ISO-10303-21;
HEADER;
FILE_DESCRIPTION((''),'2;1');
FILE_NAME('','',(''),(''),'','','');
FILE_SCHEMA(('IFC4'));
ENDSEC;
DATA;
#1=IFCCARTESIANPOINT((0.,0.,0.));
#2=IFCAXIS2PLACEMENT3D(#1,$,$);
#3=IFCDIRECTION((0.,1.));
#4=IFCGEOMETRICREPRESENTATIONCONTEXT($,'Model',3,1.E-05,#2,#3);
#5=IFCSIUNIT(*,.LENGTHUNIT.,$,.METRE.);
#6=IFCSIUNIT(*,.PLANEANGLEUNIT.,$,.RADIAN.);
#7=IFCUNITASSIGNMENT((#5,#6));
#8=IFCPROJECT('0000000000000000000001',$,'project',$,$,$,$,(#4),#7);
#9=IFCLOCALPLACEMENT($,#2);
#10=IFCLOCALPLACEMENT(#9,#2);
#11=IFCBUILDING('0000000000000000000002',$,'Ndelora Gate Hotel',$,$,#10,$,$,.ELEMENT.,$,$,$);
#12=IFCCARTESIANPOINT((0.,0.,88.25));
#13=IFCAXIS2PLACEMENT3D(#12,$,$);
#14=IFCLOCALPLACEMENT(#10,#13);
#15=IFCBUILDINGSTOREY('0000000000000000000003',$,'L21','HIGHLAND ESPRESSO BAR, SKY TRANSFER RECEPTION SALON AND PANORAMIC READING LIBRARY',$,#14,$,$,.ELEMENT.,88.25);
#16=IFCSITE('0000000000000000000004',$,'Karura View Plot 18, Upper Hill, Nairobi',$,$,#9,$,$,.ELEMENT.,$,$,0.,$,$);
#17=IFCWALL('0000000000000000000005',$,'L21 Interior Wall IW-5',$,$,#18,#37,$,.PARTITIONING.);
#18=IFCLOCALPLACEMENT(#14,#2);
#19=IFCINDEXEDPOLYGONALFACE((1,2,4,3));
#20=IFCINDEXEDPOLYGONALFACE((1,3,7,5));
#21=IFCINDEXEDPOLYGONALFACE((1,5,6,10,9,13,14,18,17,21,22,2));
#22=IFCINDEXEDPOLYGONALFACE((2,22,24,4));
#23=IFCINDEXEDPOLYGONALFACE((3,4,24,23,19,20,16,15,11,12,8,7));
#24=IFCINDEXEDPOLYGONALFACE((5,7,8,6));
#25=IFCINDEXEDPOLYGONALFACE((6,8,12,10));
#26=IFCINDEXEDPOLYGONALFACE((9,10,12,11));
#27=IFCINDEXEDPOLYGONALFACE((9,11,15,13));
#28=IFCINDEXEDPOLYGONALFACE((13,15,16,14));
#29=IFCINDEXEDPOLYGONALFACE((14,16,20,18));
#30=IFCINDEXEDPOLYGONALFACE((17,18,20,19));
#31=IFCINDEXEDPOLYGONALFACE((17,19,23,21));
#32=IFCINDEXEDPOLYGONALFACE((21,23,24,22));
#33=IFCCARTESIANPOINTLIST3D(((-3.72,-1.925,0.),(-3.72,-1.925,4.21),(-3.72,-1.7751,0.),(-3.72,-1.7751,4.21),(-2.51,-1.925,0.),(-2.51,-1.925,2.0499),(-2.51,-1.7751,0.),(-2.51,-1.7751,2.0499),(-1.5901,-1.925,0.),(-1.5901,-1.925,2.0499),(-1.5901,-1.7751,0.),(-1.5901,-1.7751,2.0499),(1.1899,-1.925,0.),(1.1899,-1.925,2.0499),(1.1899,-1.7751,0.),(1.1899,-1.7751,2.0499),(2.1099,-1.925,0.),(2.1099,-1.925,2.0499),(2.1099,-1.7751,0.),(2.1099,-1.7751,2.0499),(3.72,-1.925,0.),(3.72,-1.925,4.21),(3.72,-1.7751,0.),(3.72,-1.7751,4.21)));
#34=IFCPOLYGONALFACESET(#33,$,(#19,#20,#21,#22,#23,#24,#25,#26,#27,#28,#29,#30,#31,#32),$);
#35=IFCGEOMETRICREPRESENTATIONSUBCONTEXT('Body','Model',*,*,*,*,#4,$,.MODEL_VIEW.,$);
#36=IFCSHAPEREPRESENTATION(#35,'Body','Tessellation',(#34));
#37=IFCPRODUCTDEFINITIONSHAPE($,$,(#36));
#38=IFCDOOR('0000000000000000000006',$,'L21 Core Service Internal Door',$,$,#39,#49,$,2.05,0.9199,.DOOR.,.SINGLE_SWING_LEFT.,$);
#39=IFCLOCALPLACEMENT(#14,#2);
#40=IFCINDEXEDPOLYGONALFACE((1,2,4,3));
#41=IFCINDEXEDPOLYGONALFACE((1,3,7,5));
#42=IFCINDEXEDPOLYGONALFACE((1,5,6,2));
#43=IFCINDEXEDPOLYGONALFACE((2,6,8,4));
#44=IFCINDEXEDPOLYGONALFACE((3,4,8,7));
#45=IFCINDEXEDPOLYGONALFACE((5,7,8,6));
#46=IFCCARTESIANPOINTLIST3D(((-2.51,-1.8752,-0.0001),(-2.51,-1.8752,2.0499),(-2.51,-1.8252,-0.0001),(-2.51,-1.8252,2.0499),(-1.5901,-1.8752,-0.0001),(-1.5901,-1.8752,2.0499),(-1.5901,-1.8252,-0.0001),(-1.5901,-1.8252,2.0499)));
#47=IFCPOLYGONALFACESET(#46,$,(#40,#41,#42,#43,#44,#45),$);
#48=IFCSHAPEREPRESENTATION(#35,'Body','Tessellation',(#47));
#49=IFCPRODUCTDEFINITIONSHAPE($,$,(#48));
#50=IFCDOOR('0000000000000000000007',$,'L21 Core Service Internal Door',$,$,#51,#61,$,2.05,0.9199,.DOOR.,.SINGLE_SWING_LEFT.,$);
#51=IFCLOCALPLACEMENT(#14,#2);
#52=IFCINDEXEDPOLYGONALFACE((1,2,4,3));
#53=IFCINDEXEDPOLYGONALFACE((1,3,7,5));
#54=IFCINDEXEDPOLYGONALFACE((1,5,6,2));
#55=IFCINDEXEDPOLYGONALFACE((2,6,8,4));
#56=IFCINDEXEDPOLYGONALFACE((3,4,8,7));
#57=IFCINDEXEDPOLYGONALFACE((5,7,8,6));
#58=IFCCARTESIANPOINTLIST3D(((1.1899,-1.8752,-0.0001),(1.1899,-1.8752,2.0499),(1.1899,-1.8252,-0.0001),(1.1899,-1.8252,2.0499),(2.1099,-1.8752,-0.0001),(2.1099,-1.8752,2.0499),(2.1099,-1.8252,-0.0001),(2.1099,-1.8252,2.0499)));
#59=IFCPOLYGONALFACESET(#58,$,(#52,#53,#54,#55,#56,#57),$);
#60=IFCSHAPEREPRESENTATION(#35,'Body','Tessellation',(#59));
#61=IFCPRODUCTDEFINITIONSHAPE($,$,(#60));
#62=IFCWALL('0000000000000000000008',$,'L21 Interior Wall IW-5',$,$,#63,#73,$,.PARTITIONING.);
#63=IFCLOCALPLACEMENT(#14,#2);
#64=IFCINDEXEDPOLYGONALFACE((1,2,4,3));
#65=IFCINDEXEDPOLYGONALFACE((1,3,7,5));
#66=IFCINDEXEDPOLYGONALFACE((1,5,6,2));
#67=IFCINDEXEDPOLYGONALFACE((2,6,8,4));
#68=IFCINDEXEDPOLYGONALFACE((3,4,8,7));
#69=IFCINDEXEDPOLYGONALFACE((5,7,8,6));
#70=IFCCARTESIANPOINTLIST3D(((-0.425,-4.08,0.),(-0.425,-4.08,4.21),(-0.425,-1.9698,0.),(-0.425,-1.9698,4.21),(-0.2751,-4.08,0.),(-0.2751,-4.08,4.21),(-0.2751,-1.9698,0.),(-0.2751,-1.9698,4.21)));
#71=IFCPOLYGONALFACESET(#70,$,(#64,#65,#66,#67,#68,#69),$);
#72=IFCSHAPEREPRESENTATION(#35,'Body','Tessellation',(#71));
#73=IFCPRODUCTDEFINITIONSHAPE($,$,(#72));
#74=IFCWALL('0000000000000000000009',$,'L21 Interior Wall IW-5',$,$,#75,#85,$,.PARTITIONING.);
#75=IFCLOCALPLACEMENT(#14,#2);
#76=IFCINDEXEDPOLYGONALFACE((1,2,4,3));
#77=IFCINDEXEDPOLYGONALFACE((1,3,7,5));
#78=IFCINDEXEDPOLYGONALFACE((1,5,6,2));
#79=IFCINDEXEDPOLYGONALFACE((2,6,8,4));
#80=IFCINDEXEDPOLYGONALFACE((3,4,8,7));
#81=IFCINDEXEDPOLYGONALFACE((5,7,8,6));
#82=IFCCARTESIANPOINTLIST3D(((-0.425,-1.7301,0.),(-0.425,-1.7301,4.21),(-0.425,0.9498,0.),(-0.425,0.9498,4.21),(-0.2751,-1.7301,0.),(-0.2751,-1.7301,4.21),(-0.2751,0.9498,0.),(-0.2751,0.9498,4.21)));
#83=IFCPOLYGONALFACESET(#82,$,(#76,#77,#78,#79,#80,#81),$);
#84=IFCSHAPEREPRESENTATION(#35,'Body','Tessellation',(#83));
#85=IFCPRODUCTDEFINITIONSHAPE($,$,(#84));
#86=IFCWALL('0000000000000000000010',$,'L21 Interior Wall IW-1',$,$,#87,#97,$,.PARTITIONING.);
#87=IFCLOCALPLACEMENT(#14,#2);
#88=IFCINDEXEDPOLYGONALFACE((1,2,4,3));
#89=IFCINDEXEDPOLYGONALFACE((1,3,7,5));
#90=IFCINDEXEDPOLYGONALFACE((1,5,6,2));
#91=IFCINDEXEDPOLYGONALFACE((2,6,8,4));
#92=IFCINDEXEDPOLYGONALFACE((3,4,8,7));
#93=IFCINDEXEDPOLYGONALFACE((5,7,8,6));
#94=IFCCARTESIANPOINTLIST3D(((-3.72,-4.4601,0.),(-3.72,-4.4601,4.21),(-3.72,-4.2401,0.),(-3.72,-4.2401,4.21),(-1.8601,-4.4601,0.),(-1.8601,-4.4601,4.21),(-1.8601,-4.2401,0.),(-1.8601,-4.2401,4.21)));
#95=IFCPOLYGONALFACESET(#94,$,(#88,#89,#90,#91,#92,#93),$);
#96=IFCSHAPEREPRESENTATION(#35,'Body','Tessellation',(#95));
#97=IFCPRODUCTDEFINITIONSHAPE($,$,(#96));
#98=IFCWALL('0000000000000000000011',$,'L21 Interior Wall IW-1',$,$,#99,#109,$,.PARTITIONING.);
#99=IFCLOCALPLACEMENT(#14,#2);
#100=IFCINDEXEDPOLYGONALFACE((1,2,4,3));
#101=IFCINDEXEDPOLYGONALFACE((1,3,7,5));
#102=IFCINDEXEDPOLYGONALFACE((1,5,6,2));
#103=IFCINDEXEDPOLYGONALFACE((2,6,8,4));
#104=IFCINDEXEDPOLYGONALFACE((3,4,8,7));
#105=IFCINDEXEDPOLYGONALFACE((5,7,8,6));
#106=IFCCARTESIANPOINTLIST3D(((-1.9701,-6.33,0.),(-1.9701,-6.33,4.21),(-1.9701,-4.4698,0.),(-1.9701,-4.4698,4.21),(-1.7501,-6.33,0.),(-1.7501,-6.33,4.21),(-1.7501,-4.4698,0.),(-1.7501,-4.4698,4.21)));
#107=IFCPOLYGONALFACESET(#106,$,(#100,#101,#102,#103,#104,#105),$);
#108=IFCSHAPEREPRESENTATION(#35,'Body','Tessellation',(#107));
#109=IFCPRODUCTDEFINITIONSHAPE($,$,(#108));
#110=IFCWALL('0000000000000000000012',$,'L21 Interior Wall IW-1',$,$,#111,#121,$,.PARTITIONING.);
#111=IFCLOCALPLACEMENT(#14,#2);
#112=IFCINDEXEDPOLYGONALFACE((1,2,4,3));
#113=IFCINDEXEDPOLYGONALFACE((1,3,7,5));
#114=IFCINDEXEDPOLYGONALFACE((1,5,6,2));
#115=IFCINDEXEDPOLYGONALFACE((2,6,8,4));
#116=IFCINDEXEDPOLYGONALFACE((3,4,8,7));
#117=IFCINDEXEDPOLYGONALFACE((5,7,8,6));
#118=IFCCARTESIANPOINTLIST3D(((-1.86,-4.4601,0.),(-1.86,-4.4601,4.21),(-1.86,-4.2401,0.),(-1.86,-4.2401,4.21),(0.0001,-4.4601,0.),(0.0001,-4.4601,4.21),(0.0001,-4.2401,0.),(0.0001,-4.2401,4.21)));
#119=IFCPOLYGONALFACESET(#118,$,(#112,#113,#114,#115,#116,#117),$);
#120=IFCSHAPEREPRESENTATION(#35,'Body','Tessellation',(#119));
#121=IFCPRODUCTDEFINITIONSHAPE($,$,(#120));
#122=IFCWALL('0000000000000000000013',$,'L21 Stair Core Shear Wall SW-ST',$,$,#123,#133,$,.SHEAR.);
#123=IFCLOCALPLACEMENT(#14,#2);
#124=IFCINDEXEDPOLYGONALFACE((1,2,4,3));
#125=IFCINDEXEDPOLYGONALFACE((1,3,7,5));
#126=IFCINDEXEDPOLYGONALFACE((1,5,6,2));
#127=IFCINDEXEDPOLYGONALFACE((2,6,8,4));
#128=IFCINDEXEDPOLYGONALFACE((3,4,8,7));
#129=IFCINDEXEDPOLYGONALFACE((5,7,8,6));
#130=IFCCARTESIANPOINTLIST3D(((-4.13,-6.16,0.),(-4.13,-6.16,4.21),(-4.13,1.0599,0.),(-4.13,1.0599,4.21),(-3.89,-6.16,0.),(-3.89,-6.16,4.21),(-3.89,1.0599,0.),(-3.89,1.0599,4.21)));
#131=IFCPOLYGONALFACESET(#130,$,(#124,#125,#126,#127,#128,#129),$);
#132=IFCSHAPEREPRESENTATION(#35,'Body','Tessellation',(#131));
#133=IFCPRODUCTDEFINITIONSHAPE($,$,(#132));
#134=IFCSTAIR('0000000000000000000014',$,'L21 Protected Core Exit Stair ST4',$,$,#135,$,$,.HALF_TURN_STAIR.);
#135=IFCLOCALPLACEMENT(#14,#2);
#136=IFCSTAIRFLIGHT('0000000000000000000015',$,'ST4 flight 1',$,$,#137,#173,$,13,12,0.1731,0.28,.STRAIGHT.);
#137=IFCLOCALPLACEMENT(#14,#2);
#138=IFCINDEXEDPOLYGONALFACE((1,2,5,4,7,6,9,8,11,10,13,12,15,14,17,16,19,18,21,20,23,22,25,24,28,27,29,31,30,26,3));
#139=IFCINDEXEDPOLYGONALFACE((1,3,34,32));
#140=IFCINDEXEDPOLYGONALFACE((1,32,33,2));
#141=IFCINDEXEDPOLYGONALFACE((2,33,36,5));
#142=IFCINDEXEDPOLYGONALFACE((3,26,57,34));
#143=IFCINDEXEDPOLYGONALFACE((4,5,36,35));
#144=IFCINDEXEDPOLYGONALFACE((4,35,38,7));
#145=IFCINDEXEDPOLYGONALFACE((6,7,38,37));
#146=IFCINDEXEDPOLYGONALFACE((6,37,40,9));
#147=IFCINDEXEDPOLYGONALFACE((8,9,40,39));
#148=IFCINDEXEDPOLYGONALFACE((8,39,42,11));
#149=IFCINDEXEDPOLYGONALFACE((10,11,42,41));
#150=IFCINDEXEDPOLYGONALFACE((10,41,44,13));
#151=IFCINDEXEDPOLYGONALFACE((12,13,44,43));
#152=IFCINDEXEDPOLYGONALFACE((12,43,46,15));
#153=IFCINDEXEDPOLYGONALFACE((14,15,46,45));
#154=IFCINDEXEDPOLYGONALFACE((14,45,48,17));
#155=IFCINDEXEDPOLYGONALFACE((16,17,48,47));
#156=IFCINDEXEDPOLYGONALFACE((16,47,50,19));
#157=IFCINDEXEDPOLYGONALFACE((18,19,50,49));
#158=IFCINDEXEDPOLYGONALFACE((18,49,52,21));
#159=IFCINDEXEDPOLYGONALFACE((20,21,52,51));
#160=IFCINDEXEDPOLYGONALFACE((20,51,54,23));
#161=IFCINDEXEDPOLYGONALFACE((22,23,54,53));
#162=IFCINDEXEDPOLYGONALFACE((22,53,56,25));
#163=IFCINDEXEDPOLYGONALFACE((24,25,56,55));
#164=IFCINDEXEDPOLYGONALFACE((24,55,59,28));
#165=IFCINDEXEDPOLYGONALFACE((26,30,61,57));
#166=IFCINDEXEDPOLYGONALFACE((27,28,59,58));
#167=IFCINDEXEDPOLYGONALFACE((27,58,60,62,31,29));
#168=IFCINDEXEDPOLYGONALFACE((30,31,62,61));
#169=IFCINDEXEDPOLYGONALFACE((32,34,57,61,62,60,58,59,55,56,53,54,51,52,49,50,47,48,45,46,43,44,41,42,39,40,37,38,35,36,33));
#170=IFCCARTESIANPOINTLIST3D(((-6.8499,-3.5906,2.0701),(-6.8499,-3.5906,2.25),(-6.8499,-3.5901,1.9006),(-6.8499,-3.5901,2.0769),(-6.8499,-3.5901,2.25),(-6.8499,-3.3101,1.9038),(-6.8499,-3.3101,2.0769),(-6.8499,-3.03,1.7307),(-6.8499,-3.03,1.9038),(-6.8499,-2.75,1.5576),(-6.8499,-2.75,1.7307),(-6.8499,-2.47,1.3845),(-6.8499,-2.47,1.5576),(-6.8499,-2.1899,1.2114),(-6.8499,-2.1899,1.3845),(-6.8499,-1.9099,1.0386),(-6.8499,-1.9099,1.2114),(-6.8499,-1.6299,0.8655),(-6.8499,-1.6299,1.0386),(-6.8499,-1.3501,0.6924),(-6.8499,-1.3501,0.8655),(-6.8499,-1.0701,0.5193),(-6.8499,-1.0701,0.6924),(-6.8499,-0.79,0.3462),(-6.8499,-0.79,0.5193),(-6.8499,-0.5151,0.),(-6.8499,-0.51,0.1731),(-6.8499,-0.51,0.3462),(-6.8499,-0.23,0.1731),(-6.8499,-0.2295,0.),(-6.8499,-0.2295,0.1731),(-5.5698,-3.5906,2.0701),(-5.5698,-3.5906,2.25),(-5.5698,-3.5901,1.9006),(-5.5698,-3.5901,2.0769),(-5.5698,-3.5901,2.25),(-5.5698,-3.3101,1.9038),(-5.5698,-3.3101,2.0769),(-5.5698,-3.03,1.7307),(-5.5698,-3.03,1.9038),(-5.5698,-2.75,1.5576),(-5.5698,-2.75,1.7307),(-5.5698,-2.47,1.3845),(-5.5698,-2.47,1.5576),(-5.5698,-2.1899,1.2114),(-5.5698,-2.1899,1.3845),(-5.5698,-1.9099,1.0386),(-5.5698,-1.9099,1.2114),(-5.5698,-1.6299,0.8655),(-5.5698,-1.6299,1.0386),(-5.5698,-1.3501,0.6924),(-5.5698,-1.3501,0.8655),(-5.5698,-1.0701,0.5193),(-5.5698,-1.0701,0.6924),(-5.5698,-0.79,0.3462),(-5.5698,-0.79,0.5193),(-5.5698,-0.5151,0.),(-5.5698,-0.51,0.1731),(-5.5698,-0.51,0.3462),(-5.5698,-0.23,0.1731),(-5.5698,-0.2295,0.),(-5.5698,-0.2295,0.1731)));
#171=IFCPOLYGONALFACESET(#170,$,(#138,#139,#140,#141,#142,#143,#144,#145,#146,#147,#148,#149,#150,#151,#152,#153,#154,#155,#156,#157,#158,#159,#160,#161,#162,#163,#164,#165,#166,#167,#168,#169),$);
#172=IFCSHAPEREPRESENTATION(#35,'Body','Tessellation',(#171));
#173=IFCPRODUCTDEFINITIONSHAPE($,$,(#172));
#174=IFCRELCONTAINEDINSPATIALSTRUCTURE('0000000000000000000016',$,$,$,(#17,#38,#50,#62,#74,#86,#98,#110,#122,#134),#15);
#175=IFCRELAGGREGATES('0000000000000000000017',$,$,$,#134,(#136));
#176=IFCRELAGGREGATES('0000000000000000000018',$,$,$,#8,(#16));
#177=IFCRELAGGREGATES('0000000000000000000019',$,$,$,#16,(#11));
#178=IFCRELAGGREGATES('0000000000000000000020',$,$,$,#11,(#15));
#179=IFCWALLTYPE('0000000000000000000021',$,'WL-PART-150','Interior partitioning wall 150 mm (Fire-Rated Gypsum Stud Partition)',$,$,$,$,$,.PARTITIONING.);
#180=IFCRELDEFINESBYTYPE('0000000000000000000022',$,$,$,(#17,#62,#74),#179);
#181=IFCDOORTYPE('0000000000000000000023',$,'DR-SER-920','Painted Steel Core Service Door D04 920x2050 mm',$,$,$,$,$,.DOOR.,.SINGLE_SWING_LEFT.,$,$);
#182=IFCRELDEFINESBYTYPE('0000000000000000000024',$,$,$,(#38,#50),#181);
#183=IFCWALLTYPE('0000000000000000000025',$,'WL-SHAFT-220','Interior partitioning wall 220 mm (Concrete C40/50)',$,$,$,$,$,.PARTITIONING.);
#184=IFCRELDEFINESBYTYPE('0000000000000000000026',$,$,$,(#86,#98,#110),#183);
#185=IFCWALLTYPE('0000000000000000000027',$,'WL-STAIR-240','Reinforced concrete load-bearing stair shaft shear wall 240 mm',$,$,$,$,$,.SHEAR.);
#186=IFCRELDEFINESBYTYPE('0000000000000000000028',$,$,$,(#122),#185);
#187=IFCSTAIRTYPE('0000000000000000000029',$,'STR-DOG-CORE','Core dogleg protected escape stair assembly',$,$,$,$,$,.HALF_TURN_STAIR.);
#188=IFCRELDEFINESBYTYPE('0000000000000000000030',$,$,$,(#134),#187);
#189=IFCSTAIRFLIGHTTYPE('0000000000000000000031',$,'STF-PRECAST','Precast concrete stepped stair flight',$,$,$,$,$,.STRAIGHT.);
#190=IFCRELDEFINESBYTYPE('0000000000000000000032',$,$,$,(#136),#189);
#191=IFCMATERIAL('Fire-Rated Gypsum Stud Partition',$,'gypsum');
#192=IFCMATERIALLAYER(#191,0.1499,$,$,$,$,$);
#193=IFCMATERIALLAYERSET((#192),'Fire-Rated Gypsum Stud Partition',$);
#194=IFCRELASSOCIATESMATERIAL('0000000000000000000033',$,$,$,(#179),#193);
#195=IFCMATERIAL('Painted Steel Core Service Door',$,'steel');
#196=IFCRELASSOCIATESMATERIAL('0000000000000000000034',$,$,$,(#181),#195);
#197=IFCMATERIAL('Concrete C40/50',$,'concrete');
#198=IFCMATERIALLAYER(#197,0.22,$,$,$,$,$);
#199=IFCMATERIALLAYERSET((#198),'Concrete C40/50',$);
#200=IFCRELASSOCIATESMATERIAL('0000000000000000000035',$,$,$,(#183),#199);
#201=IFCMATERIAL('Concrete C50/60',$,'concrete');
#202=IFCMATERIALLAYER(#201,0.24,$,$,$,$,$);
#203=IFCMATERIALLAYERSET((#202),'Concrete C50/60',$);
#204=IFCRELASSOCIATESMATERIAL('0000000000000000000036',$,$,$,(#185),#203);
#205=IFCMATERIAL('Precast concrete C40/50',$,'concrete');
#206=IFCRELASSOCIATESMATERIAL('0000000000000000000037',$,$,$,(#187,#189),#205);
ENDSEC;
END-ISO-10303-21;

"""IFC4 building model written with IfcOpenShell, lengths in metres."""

from ifc_helpers import new_model, si_unit, direction, frame, frame_2d, origin, place, context, subcontext, project, spatial, polyline, rectangle, outline, extrude, material, layer, layer_set, type_object, element, fill, aggregate, save


model = new_model("IFC4")

# Units and contexts
model_context = context("Model", 3, precision=1e-05, world=origin(), true_north=direction((0.0, 1.0)))
body_context = subcontext(model_context, "Body", "Model", "MODEL_VIEW")
ifc_project = project(units=[si_unit("LENGTHUNIT", "METRE"), si_unit("PLANEANGLEUNIT", "RADIAN")], contexts=[model_context])

# Site, building, storey
site_placement = place(None, origin())
site = spatial("IfcSite", under=ifc_project, at=site_placement, Name="Karura View Plot 18, Upper Hill, Nairobi", CompositionType="ELEMENT", RefElevation=0.0)
building_placement = place(site_placement, origin())
building = spatial("IfcBuilding", under=site, at=building_placement, Name="Ndelora Gate Hotel", CompositionType="ELEMENT")
storey_placement = place(building_placement, frame((0.0, 0.0, 88.25)))
storey = spatial("IfcBuildingStorey", under=building, at=storey_placement, Name="L21", Description="HIGHLAND ESPRESSO BAR, SKY TRANSFER RECEPTION SALON AND PANORAMIC READING LIBRARY", CompositionType="ELEMENT", Elevation=88.25)

# Wall, openings, doors
ifc_material_1 = material(Name="Fire-Rated Gypsum Stud Partition", Category="gypsum")
ifc_layer_1 = layer(ifc_material_1, 0.1499)
ifc_layer_set_1 = layer_set([ifc_layer_1], Name="Fire-Rated Gypsum Stud Partition")
wall_type_1 = type_object("IfcWallType", Name="WL-PART-150", Description="Interior partitioning wall 150 mm (Fire-Rated Gypsum Stud Partition)", PredefinedType="PARTITIONING", material=ifc_layer_set_1)
wall_1_placement = place(storey_placement, frame((-3.72, -1.8501, 0.0), z_axis=(0.0, 0.0, 1.0), x_axis=(1.0, 0.0, 0.0)))
wall_1 = element("IfcWall", 1, at=wall_1_placement, inside=storey, type_object=wall_type_1, Name="L21 Interior Wall IW-5", PredefinedType="PARTITIONING", context=body_context, shape_type="SweptSolid", body=[
    extrude(rectangle(XDim=7.4399, YDim=0.1499, at=frame_2d((3.72, 0.0))), origin(), (0.0, 0.0, 1.0), 4.21),
])
opening_1_placement = place(wall_1_placement, frame((1.21, 0.0, 0.0)))
opening_1 = element("IfcOpeningElement", 2, at=opening_1_placement, cuts=wall_1, PredefinedType="OPENING", context=body_context, shape_type="SweptSolid", body=[
    extrude(rectangle(XDim=0.9199, YDim=2.05, at=frame_2d((0.46, 1.0249))), frame((0.0, 0.085, 0.0), z_axis=(0.0, -1.0, 0.0), x_axis=(1.0, 0.0, 0.0)), (0.0, 0.0, 1.0), 0.1699),
])
opening_2_placement = place(wall_1_placement, frame((4.9099, 0.0, 0.0)))
opening_2 = element("IfcOpeningElement", 3, at=opening_2_placement, cuts=wall_1, PredefinedType="OPENING", context=body_context, shape_type="SweptSolid", body=[
    extrude(rectangle(XDim=0.9199, YDim=2.05, at=frame_2d((0.46, 1.0249))), frame((0.0, 0.085, 0.0), z_axis=(0.0, -1.0, 0.0), x_axis=(1.0, 0.0, 0.0)), (0.0, 0.0, 1.0), 0.1699),
])
ifc_material_2 = material(Name="Painted Steel Core Service Door", Category="steel")
door_type_1 = type_object("IfcDoorType", Name="DR-SER-920", Description="Painted Steel Core Service Door D04 920x2050 mm", OperationType="SINGLE_SWING_LEFT", PredefinedType="DOOR", material=ifc_material_2)
door_1_placement = place(opening_1_placement, origin())
door_1 = element("IfcDoor", 4, at=door_1_placement, inside=storey, type_object=door_type_1, Name="L21 Core Service Internal Door", OperationType="SINGLE_SWING_LEFT", OverallHeight=2.05, OverallWidth=0.9199, PredefinedType="DOOR", context=body_context, shape_type="SweptSolid", body=[
    extrude(rectangle(XDim=0.9199, YDim=2.05, at=frame_2d((0.46, 1.0249))), frame((0.0, 0.0249, 0.0), z_axis=(0.0, -1.0, 0.0), x_axis=(1.0, 0.0, 0.0)), (0.0, 0.0, 1.0), 0.05),
])
fill(opening_1, door_1)
door_2_placement = place(opening_2_placement, origin())
door_2 = element("IfcDoor", 5, at=door_2_placement, inside=storey, type_object=door_type_1, Name="L21 Core Service Internal Door", OperationType="SINGLE_SWING_LEFT", OverallHeight=2.05, OverallWidth=0.9199, PredefinedType="DOOR", context=body_context, shape_type="SweptSolid", body=[
    extrude(rectangle(XDim=0.9199, YDim=2.05, at=frame_2d((0.46, 1.0249))), frame((0.0, 0.0249, 0.0), z_axis=(0.0, -1.0, 0.0), x_axis=(1.0, 0.0, 0.0)), (0.0, 0.0, 1.0), 0.05),
])
fill(opening_2, door_2)

# Walls
wall_2_placement = place(storey_placement, frame((-0.3501, -4.0801, 0.0), z_axis=(0.0, 0.0, 1.0), x_axis=(0.0, 1.0, 0.0)))
element("IfcWall", 6, at=wall_2_placement, inside=storey, type_object=wall_type_1, Name="L21 Interior Wall IW-5", PredefinedType="PARTITIONING", context=body_context, shape_type="SweptSolid", body=[
    extrude(rectangle(XDim=2.1101, YDim=0.1499, at=frame_2d((1.0552, 0.0))), origin(), (0.0, 0.0, 1.0), 4.21),
])
wall_3_placement = place(storey_placement, frame((-0.3501, -1.73, 0.0), z_axis=(0.0, 0.0, 1.0), x_axis=(0.0, 1.0, 0.0)))
element("IfcWall", 7, at=wall_3_placement, inside=storey, type_object=wall_type_1, Name="L21 Interior Wall IW-5", PredefinedType="PARTITIONING", context=body_context, shape_type="SweptSolid", body=[
    extrude(rectangle(XDim=2.6799, YDim=0.1499, at=frame_2d((1.3398, 0.0))), origin(), (0.0, 0.0, 1.0), 4.21),
])

# Shared definitions
ifc_material_3 = material(Name="Concrete C40/50", Category="concrete")
ifc_layer_2 = layer(ifc_material_3, 0.22)
ifc_layer_set_2 = layer_set([ifc_layer_2], Name="Concrete C40/50")
wall_type_2 = type_object("IfcWallType", Name="WL-SHAFT-220", Description="Interior partitioning wall 220 mm (Concrete C40/50)", PredefinedType="PARTITIONING", material=ifc_layer_set_2)

# Walls
wall_4_placement = place(storey_placement, frame((-3.72, -4.3501, 0.0), z_axis=(0.0, 0.0, 1.0), x_axis=(1.0, 0.0, 0.0)))
element("IfcWall", 8, at=wall_4_placement, inside=storey, type_object=wall_type_2, Name="L21 Interior Wall IW-1", PredefinedType="PARTITIONING", context=body_context, shape_type="SweptSolid", body=[
    extrude(rectangle(XDim=1.8599, YDim=0.22, at=frame_2d((0.9299, 0.0))), origin(), (0.0, 0.0, 1.0), 4.21),
])
wall_5_placement = place(storey_placement, frame((-1.8601, -6.3301, 0.0), z_axis=(0.0, 0.0, 1.0), x_axis=(0.0, 1.0, 0.0)))
element("IfcWall", 9, at=wall_5_placement, inside=storey, type_object=wall_type_2, Name="L21 Interior Wall IW-1", PredefinedType="PARTITIONING", context=body_context, shape_type="SweptSolid", body=[
    extrude(rectangle(XDim=1.8601, YDim=0.22, at=frame_2d((0.9302, 0.0))), origin(), (0.0, 0.0, 1.0), 4.21),
])

# Walls
wall_6_placement = place(storey_placement, frame((-1.8601, -4.3501, 0.0), z_axis=(0.0, 0.0, 1.0), x_axis=(1.0, 0.0, 0.0)))
element("IfcWall", 10, at=wall_6_placement, inside=storey, type_object=wall_type_2, Name="L21 Interior Wall IW-1", PredefinedType="PARTITIONING", context=body_context, shape_type="SweptSolid", body=[
    extrude(rectangle(XDim=1.8601, YDim=0.22, at=frame_2d((0.9302, 0.0))), origin(), (0.0, 0.0, 1.0), 4.21),
])
ifc_material_4 = material(Name="Concrete C50/60", Category="concrete")
ifc_layer_3 = layer(ifc_material_4, 0.24)
ifc_layer_set_3 = layer_set([ifc_layer_3], Name="Concrete C50/60")
wall_type_3 = type_object("IfcWallType", Name="WL-STAIR-240", Description="Reinforced concrete load-bearing stair shaft shear wall 240 mm", PredefinedType="SHEAR", material=ifc_layer_set_3)
wall_7_placement = place(storey_placement, frame((-4.01, -6.1599, 0.0), z_axis=(0.0, 0.0, 1.0), x_axis=(0.0, 1.0, 0.0)))
element("IfcWall", 11, at=wall_7_placement, inside=storey, type_object=wall_type_3, Name="L21 Stair Core Shear Wall SW-ST", PredefinedType="SHEAR", context=body_context, shape_type="SweptSolid", body=[
    extrude(rectangle(XDim=7.22, YDim=0.24, at=frame_2d((3.6099, 0.0))), origin(), (0.0, 0.0, 1.0), 4.21),
])

# Stair, stair flight
ifc_material_5 = material(Name="Precast concrete C40/50", Category="concrete")
stair_type = type_object("IfcStairType", Name="STR-DOG-CORE", Description="Core dogleg protected escape stair assembly", PredefinedType="HALF_TURN_STAIR", material=ifc_material_5)
stair_placement = place(storey_placement, origin())
stair = element("IfcStair", 12, at=stair_placement, inside=storey, type_object=stair_type, Name="L21 Protected Core Exit Stair ST4", PredefinedType="HALF_TURN_STAIR")
stair_flight_type = type_object("IfcStairFlightType", Name="STF-PRECAST", Description="Precast concrete stepped stair flight", PredefinedType="STRAIGHT", material=ifc_material_5)
stair_flight_1_placement = place(storey_placement, frame((-6.21, -0.23, 0.0), z_axis=(0.0, 0.0, 1.0), x_axis=(0.0, -1.0, 0.0)))
stair_flight_1 = element("IfcStairFlight", 13, at=stair_flight_1_placement, type_object=stair_flight_type, Name="ST4 flight 1", NumberOfRisers=13, NumberOfTreads=12, PredefinedType="STRAIGHT", RiserHeight=0.1731, TreadLength=0.28, context=body_context, shape_type="SweptSolid", body=[
    extrude(outline(polyline([(-0.0005, 0.0), (-0.0005, 0.1731), (0.0, 0.1731), (0.28, 0.1731), (0.28, 0.3462), (0.5601, 0.3462), (0.5601, 0.5193), (0.8401, 0.5193), (0.8401, 0.6924), (1.1201, 0.6924), (1.1201, 0.8655), (1.3999, 0.8655), (1.3999, 1.0386), (1.6799, 1.0386), (1.6799, 1.2114), (1.96, 1.2114), (1.96, 1.3845), (2.24, 1.3845), (2.24, 1.5576), (2.52, 1.5576), (2.52, 1.7307), (2.8, 1.7307), (2.8, 1.9038), (3.0801, 1.9038), (3.0801, 2.0769), (3.3601, 2.0769), (3.3601, 2.25), (3.3606, 2.25), (3.3606, 2.0701), (3.3601, 1.9006), (0.2852, 0.0), (-0.0005, 0.0)])), frame((0.0, 0.6401, 0.0), z_axis=(0.0, -1.0, 0.0), x_axis=(1.0, 0.0, 0.0)), (0.0, 0.0, 1.0), 1.28),
])
aggregate(stair, [stair_flight_1])

save(model, "model.ifc")
